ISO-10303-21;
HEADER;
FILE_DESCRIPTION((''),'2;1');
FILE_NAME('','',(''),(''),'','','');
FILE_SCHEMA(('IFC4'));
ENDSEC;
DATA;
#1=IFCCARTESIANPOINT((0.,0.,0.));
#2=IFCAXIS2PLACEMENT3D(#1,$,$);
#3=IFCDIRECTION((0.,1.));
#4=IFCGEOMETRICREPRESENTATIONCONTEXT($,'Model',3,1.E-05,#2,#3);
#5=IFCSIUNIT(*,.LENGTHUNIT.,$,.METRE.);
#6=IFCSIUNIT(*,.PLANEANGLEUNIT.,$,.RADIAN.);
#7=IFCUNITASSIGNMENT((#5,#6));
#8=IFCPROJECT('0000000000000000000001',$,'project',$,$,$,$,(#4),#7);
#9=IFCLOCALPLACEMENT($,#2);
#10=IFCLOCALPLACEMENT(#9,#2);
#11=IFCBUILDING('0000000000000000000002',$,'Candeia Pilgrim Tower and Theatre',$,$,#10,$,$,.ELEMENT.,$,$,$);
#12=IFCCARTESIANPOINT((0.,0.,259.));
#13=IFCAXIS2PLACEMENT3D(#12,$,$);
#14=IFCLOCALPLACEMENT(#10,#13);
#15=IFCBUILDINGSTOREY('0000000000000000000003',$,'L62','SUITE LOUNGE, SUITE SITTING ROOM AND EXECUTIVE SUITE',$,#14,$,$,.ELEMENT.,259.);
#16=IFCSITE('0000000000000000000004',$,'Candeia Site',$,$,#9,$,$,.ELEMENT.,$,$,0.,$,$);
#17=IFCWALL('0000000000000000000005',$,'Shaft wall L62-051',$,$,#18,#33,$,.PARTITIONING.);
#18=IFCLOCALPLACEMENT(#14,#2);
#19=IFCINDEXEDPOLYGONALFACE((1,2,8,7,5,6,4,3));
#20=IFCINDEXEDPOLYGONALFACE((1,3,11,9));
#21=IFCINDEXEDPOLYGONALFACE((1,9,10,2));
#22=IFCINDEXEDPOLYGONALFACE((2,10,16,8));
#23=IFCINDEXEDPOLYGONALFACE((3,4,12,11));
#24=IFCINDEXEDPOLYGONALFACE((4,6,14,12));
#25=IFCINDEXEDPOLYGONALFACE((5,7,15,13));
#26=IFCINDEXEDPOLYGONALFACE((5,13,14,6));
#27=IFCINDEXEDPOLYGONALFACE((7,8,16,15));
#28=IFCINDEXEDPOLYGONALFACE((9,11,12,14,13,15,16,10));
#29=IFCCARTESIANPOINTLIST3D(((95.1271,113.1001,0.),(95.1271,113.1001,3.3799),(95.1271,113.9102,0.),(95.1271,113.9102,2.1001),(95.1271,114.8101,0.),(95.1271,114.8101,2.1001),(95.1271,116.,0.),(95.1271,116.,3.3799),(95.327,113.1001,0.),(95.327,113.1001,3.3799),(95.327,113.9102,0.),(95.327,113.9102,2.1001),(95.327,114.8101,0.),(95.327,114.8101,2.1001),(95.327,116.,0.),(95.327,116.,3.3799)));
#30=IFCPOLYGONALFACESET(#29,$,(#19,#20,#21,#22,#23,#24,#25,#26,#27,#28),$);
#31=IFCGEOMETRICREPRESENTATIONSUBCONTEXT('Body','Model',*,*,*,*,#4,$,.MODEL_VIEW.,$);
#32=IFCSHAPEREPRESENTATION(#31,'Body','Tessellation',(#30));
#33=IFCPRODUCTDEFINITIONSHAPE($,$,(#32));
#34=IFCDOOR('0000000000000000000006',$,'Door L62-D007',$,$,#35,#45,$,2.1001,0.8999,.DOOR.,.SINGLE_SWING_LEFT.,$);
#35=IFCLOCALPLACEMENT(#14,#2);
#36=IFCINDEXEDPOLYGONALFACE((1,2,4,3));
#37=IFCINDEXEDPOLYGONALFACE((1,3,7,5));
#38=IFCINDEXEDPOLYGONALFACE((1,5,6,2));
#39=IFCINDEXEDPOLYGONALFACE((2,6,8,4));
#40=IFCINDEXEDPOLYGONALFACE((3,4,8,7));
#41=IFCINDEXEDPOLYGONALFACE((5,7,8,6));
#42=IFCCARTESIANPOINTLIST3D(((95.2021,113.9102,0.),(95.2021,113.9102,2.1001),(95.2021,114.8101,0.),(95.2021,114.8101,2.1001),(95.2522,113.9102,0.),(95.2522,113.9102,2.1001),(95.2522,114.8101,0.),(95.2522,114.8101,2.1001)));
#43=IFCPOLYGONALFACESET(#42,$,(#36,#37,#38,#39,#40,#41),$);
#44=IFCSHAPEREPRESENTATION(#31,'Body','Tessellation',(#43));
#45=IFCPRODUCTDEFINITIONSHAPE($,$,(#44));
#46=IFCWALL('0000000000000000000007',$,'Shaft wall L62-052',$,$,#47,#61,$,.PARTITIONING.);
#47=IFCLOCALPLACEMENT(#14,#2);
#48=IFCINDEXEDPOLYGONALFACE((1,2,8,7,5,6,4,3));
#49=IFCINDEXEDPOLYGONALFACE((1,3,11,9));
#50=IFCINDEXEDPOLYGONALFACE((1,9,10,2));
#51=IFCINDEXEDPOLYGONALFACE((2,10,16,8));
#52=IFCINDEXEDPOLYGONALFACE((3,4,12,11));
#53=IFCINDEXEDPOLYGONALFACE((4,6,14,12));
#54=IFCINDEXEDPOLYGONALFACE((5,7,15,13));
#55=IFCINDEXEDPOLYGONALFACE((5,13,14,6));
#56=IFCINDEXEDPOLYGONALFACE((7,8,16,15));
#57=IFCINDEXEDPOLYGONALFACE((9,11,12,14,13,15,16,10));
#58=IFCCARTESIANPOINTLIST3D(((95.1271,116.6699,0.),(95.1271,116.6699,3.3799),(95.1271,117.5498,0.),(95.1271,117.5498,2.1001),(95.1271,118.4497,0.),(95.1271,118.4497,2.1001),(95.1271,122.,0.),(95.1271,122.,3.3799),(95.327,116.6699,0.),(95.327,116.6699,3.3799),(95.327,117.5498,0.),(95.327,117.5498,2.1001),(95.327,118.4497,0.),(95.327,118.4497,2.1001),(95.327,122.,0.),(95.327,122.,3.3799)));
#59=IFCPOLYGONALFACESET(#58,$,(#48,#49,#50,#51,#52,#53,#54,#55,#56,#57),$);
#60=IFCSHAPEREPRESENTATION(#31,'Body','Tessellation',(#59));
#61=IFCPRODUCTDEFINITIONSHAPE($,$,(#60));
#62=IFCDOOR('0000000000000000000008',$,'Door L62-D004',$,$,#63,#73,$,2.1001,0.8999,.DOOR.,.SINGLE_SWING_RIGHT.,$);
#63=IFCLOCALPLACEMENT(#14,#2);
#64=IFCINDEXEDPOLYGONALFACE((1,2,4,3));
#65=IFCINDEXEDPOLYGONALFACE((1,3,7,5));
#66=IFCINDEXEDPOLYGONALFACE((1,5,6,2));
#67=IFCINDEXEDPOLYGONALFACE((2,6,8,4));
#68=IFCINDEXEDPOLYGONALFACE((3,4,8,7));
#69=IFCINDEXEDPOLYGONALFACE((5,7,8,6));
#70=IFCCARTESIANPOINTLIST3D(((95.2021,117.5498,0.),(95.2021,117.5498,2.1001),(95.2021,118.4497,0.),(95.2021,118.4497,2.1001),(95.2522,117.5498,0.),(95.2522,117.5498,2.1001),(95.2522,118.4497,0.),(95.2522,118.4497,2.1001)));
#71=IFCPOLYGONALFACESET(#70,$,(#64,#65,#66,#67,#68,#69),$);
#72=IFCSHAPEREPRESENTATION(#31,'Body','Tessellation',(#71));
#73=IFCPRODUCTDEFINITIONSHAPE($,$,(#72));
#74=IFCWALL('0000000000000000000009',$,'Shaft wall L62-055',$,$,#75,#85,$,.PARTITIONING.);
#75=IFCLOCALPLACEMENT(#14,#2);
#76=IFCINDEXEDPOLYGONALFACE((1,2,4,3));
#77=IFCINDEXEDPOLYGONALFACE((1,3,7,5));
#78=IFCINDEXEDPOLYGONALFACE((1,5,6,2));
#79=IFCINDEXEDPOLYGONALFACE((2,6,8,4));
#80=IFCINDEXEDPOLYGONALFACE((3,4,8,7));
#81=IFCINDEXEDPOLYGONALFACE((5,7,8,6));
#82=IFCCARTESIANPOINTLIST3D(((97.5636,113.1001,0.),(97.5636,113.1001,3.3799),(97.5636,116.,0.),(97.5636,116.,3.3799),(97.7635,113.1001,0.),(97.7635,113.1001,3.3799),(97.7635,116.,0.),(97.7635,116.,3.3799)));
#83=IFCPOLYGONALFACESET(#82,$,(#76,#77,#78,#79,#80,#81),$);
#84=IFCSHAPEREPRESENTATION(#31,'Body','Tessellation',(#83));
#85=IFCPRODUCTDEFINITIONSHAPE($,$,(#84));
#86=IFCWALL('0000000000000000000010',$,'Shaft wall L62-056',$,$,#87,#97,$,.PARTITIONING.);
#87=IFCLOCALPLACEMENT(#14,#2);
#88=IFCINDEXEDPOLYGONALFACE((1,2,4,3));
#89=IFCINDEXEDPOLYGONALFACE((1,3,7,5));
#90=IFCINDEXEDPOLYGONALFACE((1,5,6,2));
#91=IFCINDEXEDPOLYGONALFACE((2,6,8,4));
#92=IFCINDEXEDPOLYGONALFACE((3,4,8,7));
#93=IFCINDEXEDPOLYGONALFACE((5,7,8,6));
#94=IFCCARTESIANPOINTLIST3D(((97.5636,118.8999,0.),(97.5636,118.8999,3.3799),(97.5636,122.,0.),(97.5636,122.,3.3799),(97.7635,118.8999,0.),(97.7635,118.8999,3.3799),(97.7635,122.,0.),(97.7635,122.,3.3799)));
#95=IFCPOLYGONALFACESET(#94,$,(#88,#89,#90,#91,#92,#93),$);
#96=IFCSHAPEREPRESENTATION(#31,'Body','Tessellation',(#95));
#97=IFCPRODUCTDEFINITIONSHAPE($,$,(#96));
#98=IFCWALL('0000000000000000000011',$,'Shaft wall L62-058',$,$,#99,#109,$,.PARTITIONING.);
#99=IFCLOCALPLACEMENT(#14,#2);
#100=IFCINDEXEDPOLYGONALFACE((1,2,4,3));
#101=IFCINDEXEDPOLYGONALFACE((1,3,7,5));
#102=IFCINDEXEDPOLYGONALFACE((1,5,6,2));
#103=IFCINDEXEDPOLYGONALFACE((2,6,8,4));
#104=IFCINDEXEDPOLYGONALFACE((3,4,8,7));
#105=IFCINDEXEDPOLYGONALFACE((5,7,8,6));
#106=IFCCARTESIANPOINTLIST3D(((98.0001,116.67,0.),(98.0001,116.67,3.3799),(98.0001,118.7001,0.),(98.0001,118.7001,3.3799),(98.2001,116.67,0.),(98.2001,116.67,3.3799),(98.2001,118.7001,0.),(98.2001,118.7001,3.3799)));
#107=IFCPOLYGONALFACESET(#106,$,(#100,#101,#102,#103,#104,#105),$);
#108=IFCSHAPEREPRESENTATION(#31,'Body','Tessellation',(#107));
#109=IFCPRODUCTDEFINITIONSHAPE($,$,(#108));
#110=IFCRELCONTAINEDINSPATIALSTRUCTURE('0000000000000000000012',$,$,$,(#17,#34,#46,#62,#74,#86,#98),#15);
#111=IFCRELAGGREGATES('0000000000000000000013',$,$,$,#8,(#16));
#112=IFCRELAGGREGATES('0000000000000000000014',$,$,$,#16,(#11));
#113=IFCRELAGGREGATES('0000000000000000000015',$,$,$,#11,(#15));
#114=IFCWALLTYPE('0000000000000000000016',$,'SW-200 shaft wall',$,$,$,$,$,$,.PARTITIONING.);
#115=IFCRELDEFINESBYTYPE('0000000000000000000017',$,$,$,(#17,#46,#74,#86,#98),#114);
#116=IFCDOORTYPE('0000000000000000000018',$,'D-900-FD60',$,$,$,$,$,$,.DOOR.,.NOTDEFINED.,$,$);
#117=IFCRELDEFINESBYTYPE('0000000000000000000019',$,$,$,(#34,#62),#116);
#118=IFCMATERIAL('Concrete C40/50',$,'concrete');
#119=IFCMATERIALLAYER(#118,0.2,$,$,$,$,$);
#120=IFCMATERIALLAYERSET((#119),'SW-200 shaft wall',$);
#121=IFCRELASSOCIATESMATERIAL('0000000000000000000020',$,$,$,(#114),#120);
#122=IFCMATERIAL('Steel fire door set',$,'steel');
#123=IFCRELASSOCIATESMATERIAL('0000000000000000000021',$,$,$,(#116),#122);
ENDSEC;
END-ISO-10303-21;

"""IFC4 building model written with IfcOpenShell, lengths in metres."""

from ifc_helpers import new_model, si_unit, direction, frame, frame_2d, origin, place, context, subcontext, project, spatial, rectangle, extrude, material, layer, layer_set, type_object, element, fill, save


model = new_model("IFC4")

# Units and contexts
model_context = context("Model", 3, precision=1e-05, world=origin(), true_north=direction((0.0, 1.0)))
body_context = subcontext(model_context, "Body", "Model", "MODEL_VIEW")
ifc_project = project(units=[si_unit("LENGTHUNIT", "METRE"), si_unit("PLANEANGLEUNIT", "RADIAN")], contexts=[model_context])

# Site, building, storey
site_placement = place(None, origin())
site = spatial("IfcSite", under=ifc_project, at=site_placement, Name="Candeia Site", CompositionType="ELEMENT", RefElevation=0.0)
building_placement = place(site_placement, origin())
building = spatial("IfcBuilding", under=site, at=building_placement, Name="Candeia Pilgrim Tower and Theatre", CompositionType="ELEMENT")
storey_placement = place(building_placement, frame((0.0, 0.0, 259.0)))
storey = spatial("IfcBuildingStorey", under=building, at=storey_placement, Name="L62", Description="SUITE LOUNGE, SUITE SITTING ROOM AND EXECUTIVE SUITE", CompositionType="ELEMENT", Elevation=259.0)

# Shared definitions
ifc_material_1 = material(Name="Concrete C40/50", Category="concrete")
ifc_material_2 = material(Name="Steel fire door set", Category="steel")

# Shared definitions
ifc_layer_1 = layer(ifc_material_1, 0.2)
ifc_layer_set_1 = layer_set([ifc_layer_1], Name="SW-200 shaft wall")
wall_type_1 = type_object("IfcWallType", Name="SW-200 shaft wall", PredefinedType="PARTITIONING", material=ifc_layer_set_1)

# Walls, openings, doors
wall_1_placement = place(storey_placement, frame((95.2271, 113.1001, 0.0), z_axis=(0.0, 0.0, 1.0), x_axis=(0.0, 1.0, 0.0)))
wall_1 = element("IfcWall", 1, at=wall_1_placement, inside=storey, type_object=wall_type_1, Name="Shaft wall L62-051", PredefinedType="PARTITIONING", context=body_context, shape_type="SweptSolid", body=[
    extrude(rectangle(XDim=2.8999, YDim=0.2, at=frame_2d((1.45, 0.0))), origin(), (0.0, 0.0, 1.0), 3.3799),
])
opening_1_placement = place(wall_1_placement, frame((0.8101, 0.0, 0.0)))
opening_1 = element("IfcOpeningElement", 2, at=opening_1_placement, cuts=wall_1, PredefinedType="OPENING", context=body_context, shape_type="SweptSolid", body=[
    extrude(rectangle(XDim=0.8999, YDim=2.1001, at=frame_2d((0.45, 1.05))), frame((0.0, 0.1099, 0.0), z_axis=(0.0, -1.0, 0.0), x_axis=(1.0, 0.0, 0.0)), (0.0, 0.0, 1.0), 0.22),
])
door_type_1 = type_object("IfcDoorType", Name="D-900-FD60", OperationType="NOTDEFINED", PredefinedType="DOOR", material=ifc_material_2)
door_1_placement = place(opening_1_placement, origin())
door_1 = element("IfcDoor", 3, at=door_1_placement, inside=storey, type_object=door_type_1, Name="Door L62-D007", OperationType="SINGLE_SWING_LEFT", OverallHeight=2.1001, OverallWidth=0.8999, PredefinedType="DOOR", context=body_context, shape_type="SweptSolid", body=[
    extrude(rectangle(XDim=0.8999, YDim=2.1001, at=frame_2d((0.45, 1.05))), frame((0.0, 0.0249, 0.0), z_axis=(0.0, -1.0, 0.0), x_axis=(1.0, 0.0, 0.0)), (0.0, 0.0, 1.0), 0.05),
])
fill(opening_1, door_1)
wall_2_placement = place(storey_placement, frame((95.2271, 116.6699, 0.0), z_axis=(0.0, 0.0, 1.0), x_axis=(0.0, 1.0, 0.0)))
wall_2 = element("IfcWall", 4, at=wall_2_placement, inside=storey, type_object=wall_type_1, Name="Shaft wall L62-052", PredefinedType="PARTITIONING", context=body_context, shape_type="SweptSolid", body=[
    extrude(rectangle(XDim=5.3301, YDim=0.2, at=frame_2d((2.665, 0.0))), origin(), (0.0, 0.0, 1.0), 3.3799),
])
opening_2_placement = place(wall_2_placement, frame((0.8799, 0.0, 0.0)))
opening_2 = element("IfcOpeningElement", 5, at=opening_2_placement, cuts=wall_2, PredefinedType="OPENING", context=body_context, shape_type="SweptSolid", body=[
    extrude(rectangle(XDim=0.8999, YDim=2.1001, at=frame_2d((0.45, 1.05))), frame((0.0, 0.1099, 0.0), z_axis=(0.0, -1.0, 0.0), x_axis=(1.0, 0.0, 0.0)), (0.0, 0.0, 1.0), 0.22),
])
door_2_placement = place(opening_2_placement, origin())
door_2 = element("IfcDoor", 6, at=door_2_placement, inside=storey, type_object=door_type_1, Name="Door L62-D004", OperationType="SINGLE_SWING_RIGHT", OverallHeight=2.1001, OverallWidth=0.8999, PredefinedType="DOOR", context=body_context, shape_type="SweptSolid", body=[
    extrude(rectangle(XDim=0.8999, YDim=2.1001, at=frame_2d((0.45, 1.05))), frame((0.0, 0.0249, 0.0), z_axis=(0.0, -1.0, 0.0), x_axis=(1.0, 0.0, 0.0)), (0.0, 0.0, 1.0), 0.05),
])
fill(opening_2, door_2)

# Walls
wall_3_placement = place(storey_placement, frame((97.6636, 113.1001, 0.0), z_axis=(0.0, 0.0, 1.0), x_axis=(0.0, 1.0, 0.0)))
element("IfcWall", 7, at=wall_3_placement, inside=storey, type_object=wall_type_1, Name="Shaft wall L62-055", PredefinedType="PARTITIONING", context=body_context, shape_type="SweptSolid", body=[
    extrude(rectangle(XDim=2.8999, YDim=0.2, at=frame_2d((1.45, 0.0))), origin(), (0.0, 0.0, 1.0), 3.3799),
])
wall_4_placement = place(storey_placement, frame((97.6636, 118.8999, 0.0), z_axis=(0.0, 0.0, 1.0), x_axis=(0.0, 1.0, 0.0)))
element("IfcWall", 8, at=wall_4_placement, inside=storey, type_object=wall_type_1, Name="Shaft wall L62-056", PredefinedType="PARTITIONING", context=body_context, shape_type="SweptSolid", body=[
    extrude(rectangle(XDim=3.1001, YDim=0.2, at=frame_2d((1.55, 0.0))), origin(), (0.0, 0.0, 1.0), 3.3799),
])
wall_5_placement = place(storey_placement, frame((98.1001, 116.6699, 0.0), z_axis=(0.0, 0.0, 1.0), x_axis=(0.0, 1.0, 0.0)))
element("IfcWall", 9, at=wall_5_placement, inside=storey, type_object=wall_type_1, Name="Shaft wall L62-058", PredefinedType="PARTITIONING", context=body_context, shape_type="SweptSolid", body=[
    extrude(rectangle(XDim=2.03, YDim=0.2, at=frame_2d((1.0151, 0.0))), origin(), (0.0, 0.0, 1.0), 3.3799),
])

save(model, "model.ifc")
